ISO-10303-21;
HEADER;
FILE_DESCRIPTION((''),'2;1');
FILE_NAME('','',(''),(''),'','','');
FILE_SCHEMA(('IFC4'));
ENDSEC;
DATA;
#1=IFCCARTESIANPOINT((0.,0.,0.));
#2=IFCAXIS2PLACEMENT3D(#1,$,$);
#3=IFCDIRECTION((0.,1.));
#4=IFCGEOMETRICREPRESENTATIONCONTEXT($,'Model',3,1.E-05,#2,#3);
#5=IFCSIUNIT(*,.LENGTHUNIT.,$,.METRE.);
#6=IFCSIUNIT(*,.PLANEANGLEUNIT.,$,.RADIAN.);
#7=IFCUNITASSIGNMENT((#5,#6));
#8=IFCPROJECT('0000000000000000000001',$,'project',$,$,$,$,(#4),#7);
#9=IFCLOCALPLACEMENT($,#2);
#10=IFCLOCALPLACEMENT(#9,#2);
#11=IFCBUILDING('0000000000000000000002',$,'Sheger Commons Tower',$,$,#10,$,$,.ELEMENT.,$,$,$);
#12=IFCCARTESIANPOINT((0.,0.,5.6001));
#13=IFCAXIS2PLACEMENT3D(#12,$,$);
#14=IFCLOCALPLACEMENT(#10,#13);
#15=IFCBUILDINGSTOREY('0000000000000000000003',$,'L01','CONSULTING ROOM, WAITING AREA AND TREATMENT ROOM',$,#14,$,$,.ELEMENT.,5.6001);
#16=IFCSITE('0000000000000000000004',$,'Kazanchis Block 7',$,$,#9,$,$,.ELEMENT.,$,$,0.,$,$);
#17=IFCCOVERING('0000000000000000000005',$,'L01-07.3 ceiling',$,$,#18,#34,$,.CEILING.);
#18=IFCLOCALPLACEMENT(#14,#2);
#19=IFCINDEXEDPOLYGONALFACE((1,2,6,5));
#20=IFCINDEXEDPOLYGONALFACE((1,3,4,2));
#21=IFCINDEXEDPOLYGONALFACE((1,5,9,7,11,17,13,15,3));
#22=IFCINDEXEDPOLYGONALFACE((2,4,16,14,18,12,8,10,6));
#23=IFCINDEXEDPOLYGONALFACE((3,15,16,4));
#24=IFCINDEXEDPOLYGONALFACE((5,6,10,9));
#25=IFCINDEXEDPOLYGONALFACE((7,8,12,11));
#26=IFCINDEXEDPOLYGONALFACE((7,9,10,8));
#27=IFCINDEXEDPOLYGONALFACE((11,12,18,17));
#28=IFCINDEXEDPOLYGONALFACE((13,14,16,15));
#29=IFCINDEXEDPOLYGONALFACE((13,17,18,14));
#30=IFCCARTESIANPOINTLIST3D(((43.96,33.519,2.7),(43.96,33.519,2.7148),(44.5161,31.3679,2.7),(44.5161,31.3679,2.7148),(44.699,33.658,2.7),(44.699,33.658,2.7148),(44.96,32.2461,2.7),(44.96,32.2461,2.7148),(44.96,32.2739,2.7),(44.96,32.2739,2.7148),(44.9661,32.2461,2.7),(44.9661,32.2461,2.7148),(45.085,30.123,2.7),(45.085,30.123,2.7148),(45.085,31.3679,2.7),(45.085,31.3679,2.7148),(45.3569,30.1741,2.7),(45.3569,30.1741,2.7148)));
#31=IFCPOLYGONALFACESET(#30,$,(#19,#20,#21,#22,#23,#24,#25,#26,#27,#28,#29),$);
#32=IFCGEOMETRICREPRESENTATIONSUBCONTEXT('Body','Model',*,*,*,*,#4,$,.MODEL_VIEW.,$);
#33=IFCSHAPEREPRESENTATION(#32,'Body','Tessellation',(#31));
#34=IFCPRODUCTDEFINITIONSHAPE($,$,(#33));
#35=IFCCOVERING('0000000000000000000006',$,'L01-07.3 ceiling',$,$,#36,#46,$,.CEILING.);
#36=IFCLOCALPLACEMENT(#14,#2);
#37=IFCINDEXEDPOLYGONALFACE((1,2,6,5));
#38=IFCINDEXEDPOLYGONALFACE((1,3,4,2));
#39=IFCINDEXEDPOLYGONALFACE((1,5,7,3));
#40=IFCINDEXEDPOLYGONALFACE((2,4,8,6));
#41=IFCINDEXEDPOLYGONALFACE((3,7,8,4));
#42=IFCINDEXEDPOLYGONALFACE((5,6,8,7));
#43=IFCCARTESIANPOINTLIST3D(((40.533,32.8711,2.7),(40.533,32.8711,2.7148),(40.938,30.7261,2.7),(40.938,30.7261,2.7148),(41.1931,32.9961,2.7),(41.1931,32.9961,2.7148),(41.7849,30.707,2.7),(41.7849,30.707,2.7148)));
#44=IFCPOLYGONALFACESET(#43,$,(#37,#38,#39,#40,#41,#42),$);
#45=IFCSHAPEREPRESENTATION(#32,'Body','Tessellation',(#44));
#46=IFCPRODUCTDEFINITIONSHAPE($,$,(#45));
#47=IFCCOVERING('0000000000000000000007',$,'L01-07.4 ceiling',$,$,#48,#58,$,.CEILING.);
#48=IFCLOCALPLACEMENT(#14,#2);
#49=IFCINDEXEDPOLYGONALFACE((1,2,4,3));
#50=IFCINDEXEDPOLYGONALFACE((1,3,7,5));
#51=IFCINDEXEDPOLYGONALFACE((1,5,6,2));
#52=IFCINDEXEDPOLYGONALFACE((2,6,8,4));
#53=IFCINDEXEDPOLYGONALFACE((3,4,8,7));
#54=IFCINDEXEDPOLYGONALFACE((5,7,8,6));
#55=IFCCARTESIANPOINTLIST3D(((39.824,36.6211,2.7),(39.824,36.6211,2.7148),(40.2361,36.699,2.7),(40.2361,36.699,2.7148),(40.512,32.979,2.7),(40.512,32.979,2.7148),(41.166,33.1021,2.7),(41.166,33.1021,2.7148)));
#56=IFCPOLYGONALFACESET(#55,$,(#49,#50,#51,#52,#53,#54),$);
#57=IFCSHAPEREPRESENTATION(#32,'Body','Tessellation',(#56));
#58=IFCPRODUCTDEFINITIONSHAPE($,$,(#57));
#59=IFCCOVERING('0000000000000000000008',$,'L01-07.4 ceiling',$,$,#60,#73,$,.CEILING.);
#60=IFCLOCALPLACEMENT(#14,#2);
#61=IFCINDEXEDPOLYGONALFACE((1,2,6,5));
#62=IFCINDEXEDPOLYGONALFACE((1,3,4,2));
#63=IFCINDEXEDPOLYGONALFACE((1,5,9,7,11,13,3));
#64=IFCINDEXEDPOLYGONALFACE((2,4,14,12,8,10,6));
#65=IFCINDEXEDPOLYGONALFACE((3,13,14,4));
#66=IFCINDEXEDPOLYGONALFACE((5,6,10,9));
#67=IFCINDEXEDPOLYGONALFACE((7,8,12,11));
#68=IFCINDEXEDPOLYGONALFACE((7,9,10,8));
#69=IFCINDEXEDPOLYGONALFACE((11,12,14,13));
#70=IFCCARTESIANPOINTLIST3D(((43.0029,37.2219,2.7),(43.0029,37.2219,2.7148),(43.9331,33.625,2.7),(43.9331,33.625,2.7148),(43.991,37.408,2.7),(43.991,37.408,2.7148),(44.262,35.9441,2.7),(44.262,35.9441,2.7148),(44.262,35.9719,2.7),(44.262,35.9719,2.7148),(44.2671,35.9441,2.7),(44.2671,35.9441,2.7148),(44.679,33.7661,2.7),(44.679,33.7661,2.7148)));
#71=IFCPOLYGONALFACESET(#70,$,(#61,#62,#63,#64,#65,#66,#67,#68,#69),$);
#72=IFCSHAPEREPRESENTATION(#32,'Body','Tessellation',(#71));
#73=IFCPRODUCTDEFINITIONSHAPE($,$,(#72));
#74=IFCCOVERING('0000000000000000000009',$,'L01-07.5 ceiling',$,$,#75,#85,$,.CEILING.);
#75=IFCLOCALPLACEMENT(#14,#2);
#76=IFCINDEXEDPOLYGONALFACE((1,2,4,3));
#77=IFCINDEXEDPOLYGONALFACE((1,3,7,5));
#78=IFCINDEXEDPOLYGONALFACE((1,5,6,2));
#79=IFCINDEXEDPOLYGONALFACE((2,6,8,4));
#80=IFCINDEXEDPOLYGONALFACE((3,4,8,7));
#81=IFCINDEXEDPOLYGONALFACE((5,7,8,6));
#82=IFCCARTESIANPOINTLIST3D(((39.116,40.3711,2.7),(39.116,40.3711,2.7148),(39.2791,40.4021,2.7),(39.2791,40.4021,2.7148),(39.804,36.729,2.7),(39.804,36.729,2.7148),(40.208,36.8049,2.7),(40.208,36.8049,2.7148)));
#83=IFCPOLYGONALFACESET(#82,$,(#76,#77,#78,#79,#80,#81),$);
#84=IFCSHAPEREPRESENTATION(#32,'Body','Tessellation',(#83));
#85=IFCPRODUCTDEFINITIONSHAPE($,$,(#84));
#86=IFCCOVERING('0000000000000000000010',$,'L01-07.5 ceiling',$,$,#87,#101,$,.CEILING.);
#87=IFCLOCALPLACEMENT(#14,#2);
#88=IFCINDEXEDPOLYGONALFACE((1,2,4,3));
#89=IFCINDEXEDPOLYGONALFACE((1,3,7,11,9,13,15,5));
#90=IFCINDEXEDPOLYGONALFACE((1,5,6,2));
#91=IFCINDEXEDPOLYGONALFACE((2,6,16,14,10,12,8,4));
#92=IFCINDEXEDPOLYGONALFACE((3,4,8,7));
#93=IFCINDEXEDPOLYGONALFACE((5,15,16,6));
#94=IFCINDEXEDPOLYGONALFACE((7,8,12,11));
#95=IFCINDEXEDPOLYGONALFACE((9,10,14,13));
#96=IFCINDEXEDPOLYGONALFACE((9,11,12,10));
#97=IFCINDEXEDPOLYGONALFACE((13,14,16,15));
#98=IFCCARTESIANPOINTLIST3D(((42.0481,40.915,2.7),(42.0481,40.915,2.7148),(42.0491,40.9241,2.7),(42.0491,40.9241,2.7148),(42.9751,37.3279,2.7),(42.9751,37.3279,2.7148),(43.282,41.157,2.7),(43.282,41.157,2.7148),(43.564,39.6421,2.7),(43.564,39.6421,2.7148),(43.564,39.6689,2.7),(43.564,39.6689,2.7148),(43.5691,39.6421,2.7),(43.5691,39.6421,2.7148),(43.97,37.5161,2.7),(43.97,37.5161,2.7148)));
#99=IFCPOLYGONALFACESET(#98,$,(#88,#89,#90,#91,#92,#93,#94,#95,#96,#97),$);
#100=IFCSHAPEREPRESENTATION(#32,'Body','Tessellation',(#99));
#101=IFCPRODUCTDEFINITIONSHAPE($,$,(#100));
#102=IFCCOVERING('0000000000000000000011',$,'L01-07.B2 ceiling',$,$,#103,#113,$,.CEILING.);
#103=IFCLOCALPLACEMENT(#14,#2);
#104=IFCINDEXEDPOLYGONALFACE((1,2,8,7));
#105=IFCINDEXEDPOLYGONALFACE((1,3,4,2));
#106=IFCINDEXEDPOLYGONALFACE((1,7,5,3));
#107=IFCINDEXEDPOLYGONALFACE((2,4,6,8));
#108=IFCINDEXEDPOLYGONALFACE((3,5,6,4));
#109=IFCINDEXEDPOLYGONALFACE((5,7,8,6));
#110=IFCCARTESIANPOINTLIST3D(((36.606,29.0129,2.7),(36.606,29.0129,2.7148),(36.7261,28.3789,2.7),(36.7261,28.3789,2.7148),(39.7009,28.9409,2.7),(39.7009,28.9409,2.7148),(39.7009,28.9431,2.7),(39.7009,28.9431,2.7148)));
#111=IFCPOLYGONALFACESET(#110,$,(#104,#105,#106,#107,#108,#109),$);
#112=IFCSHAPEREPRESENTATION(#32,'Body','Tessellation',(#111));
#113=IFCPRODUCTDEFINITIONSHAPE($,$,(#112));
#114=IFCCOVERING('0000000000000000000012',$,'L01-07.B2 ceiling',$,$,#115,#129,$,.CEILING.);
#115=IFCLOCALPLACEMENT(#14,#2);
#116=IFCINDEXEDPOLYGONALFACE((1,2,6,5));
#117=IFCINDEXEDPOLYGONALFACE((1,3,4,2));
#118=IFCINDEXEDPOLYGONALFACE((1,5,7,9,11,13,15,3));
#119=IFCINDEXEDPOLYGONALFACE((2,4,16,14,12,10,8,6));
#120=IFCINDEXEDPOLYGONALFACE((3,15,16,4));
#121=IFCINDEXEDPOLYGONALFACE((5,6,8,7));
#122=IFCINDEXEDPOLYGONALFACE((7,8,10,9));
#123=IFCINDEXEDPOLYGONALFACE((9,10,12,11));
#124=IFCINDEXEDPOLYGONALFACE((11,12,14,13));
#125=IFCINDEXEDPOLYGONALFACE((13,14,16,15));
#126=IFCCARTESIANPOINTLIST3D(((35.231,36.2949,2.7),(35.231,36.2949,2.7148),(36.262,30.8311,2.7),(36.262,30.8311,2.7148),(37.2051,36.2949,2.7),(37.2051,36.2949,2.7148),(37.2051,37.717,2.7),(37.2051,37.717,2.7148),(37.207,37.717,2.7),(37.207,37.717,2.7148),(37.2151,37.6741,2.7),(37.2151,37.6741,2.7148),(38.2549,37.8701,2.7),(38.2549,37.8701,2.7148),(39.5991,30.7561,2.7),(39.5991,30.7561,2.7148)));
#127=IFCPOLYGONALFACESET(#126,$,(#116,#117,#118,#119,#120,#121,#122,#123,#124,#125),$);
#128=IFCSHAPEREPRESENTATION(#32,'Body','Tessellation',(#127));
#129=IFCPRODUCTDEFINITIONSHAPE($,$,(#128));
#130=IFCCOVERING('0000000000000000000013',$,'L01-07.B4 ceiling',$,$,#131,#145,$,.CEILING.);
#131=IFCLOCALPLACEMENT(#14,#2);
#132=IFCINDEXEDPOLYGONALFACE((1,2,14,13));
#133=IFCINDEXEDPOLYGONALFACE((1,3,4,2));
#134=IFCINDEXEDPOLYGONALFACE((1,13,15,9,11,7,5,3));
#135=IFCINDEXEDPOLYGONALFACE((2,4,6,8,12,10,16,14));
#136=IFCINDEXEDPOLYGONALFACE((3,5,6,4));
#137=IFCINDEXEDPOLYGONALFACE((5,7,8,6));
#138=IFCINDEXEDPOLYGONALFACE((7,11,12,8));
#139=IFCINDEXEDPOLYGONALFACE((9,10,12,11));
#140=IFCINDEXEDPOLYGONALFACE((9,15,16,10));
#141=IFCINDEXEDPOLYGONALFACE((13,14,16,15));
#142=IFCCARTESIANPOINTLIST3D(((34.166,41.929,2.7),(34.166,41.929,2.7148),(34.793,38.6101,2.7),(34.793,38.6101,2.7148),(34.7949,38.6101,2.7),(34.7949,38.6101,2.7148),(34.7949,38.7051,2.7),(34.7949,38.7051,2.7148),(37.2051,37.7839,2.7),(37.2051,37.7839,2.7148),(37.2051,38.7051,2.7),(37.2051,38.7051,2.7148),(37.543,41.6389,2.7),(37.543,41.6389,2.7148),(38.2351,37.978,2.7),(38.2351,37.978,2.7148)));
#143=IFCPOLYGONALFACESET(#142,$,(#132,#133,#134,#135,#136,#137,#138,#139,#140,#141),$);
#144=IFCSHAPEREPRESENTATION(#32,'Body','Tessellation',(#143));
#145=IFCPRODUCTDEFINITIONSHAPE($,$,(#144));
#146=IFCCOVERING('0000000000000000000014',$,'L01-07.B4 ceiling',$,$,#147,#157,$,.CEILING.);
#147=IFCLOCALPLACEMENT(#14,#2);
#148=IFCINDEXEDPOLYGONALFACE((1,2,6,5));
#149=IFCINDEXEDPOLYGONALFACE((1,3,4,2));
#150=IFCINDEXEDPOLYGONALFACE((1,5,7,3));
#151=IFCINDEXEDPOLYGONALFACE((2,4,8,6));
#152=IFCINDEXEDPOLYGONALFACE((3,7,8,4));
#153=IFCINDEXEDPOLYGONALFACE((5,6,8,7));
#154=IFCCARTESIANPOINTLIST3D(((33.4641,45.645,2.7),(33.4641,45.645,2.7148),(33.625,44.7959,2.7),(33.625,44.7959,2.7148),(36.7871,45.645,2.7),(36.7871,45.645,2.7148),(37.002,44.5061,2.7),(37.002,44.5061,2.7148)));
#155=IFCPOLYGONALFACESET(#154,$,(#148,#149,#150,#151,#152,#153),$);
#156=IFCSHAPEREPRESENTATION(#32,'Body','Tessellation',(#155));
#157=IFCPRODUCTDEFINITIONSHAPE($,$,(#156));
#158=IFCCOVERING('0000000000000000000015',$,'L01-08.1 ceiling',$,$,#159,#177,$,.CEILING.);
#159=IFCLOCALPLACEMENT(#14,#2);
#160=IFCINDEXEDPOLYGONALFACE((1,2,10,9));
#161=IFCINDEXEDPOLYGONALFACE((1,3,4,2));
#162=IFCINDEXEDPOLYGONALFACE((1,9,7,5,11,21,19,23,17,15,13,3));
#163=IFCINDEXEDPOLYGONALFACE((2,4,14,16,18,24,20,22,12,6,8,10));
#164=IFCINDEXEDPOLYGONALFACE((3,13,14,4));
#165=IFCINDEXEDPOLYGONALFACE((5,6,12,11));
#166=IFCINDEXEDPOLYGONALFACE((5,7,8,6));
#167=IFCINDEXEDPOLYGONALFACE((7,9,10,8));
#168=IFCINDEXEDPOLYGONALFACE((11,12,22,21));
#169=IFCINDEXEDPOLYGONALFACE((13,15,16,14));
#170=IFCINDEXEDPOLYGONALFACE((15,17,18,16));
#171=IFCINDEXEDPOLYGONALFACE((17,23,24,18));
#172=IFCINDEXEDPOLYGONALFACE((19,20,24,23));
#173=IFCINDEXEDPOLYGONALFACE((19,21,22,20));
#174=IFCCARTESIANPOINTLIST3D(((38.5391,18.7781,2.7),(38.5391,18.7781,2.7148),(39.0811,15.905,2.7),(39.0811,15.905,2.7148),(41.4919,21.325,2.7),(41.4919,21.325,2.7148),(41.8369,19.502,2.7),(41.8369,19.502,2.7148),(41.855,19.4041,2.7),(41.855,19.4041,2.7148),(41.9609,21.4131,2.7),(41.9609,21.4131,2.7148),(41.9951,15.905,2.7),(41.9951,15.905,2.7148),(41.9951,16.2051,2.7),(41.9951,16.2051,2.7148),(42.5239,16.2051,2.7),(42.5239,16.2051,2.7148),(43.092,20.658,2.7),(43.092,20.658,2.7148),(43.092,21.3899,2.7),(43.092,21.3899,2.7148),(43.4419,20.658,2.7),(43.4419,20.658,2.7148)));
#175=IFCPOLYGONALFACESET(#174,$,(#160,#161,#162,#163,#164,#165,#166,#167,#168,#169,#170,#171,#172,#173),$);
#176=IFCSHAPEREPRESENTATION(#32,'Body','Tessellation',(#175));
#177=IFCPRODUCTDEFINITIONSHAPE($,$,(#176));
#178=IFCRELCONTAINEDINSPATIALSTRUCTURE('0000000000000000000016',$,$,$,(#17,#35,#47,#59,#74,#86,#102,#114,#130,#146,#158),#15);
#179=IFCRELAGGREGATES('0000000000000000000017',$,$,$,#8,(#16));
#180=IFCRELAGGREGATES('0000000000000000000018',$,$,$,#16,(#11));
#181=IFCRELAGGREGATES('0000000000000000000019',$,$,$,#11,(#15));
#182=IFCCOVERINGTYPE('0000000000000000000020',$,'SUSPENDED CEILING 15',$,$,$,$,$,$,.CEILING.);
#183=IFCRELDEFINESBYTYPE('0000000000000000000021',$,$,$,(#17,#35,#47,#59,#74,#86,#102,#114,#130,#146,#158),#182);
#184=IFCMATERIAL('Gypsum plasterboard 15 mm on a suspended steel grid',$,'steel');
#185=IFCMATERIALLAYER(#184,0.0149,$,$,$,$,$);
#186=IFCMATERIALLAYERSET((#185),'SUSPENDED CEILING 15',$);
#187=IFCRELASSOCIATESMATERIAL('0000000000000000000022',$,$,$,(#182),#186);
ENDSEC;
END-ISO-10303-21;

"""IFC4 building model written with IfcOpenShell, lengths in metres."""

from ifc_helpers import new_model, si_unit, direction, frame, origin, place, context, subcontext, project, spatial, polyline, outline, extrude, material, layer, layer_set, type_object, element, save


model = new_model("IFC4")

# Units and contexts
model_context = context("Model", 3, precision=1e-05, world=origin(), true_north=direction((0.0, 1.0)))
body_context = subcontext(model_context, "Body", "Model", "MODEL_VIEW")
ifc_project = project(units=[si_unit("LENGTHUNIT", "METRE"), si_unit("PLANEANGLEUNIT", "RADIAN")], contexts=[model_context])

# Site, building, storey
site_placement = place(None, origin())
site = spatial("IfcSite", under=ifc_project, at=site_placement, Name="Kazanchis Block 7", CompositionType="ELEMENT", RefElevation=0.0)
building_placement = place(site_placement, origin())
building = spatial("IfcBuilding", under=site, at=building_placement, Name="Sheger Commons Tower", CompositionType="ELEMENT")
storey_placement = place(building_placement, frame((0.0, 0.0, 5.6001)))
storey = spatial("IfcBuildingStorey", under=building, at=storey_placement, Name="L01", Description="CONSULTING ROOM, WAITING AREA AND TREATMENT ROOM", CompositionType="ELEMENT", Elevation=5.6001)

# Coverings
ifc_material_1 = material(Name="Gypsum plasterboard 15 mm on a suspended steel grid", Category="steel")
ifc_layer_1 = layer(ifc_material_1, 0.0149)
ifc_layer_set_1 = layer_set([ifc_layer_1], Name="SUSPENDED CEILING 15")
covering_type_1 = type_object("IfcCoveringType", Name="SUSPENDED CEILING 15", PredefinedType="CEILING", material=ifc_layer_set_1)
covering_1_placement = place(storey_placement, frame((0.0, 0.0, 2.7)))
element("IfcCovering", 1, at=covering_1_placement, inside=storey, type_object=covering_type_1, Name="L01-07.3 ceiling", PredefinedType="CEILING", context=body_context, shape_type="SweptSolid", body=[
    extrude(outline(polyline([(45.085, 30.123), (45.3569, 30.1741), (44.9661, 32.2461), (44.96, 32.2461), (44.96, 32.2739), (44.699, 33.658), (43.96, 33.519), (44.5161, 31.3679), (45.085, 31.3679), (45.085, 30.123)])), origin(), (0.0, 0.0, 1.0), 0.0149),
])
covering_2_placement = place(storey_placement, frame((0.0, 0.0, 2.7)))
element("IfcCovering", 2, at=covering_2_placement, inside=storey, type_object=covering_type_1, Name="L01-07.3 ceiling", PredefinedType="CEILING", context=body_context, shape_type="SweptSolid", body=[
    extrude(outline(polyline([(41.7849, 30.707), (41.1931, 32.9961), (40.533, 32.8711), (40.938, 30.7261), (41.7849, 30.707)])), origin(), (0.0, 0.0, 1.0), 0.0149),
])
covering_3_placement = place(storey_placement, frame((0.0, 0.0, 2.7)))
element("IfcCovering", 3, at=covering_3_placement, inside=storey, type_object=covering_type_1, Name="L01-07.4 ceiling", PredefinedType="CEILING", context=body_context, shape_type="SweptSolid", body=[
    extrude(outline(polyline([(40.512, 32.979), (41.166, 33.1021), (40.2361, 36.699), (39.824, 36.6211), (40.512, 32.979)])), origin(), (0.0, 0.0, 1.0), 0.0149),
])
covering_4_placement = place(storey_placement, frame((0.0, 0.0, 2.7)))
element("IfcCovering", 4, at=covering_4_placement, inside=storey, type_object=covering_type_1, Name="L01-07.4 ceiling", PredefinedType="CEILING", context=body_context, shape_type="SweptSolid", body=[
    extrude(outline(polyline([(43.9331, 33.625), (44.679, 33.7661), (44.2671, 35.9441), (44.262, 35.9441), (44.262, 35.9719), (43.991, 37.408), (43.0029, 37.2219), (43.9331, 33.625)])), origin(), (0.0, 0.0, 1.0), 0.0149),
])
covering_5_placement = place(storey_placement, frame((0.0, 0.0, 2.7)))
element("IfcCovering", 5, at=covering_5_placement, inside=storey, type_object=covering_type_1, Name="L01-07.5 ceiling", PredefinedType="CEILING", context=body_context, shape_type="SweptSolid", body=[
    extrude(outline(polyline([(39.804, 36.729), (40.208, 36.8049), (39.2791, 40.4021), (39.116, 40.3711), (39.804, 36.729)])), origin(), (0.0, 0.0, 1.0), 0.0149),
])
covering_6_placement = place(storey_placement, frame((0.0, 0.0, 2.7)))
element("IfcCovering", 6, at=covering_6_placement, inside=storey, type_object=covering_type_1, Name="L01-07.5 ceiling", PredefinedType="CEILING", context=body_context, shape_type="SweptSolid", body=[
    extrude(outline(polyline([(42.9751, 37.3279), (43.97, 37.5161), (43.5691, 39.6421), (43.564, 39.6421), (43.564, 39.6689), (43.282, 41.157), (42.0491, 40.9241), (42.0481, 40.915), (42.9751, 37.3279)])), origin(), (0.0, 0.0, 1.0), 0.0149),
])
covering_7_placement = place(storey_placement, frame((0.0, 0.0, 2.7)))
element("IfcCovering", 7, at=covering_7_placement, inside=storey, type_object=covering_type_1, Name="L01-07.B2 ceiling", PredefinedType="CEILING", context=body_context, shape_type="SweptSolid", body=[
    extrude(outline(polyline([(36.7261, 28.3789), (39.7009, 28.9409), (39.7009, 28.9431), (36.606, 29.0129), (36.7261, 28.3789)])), origin(), (0.0, 0.0, 1.0), 0.0149),
])
covering_8_placement = place(storey_placement, frame((0.0, 0.0, 2.7)))
element("IfcCovering", 8, at=covering_8_placement, inside=storey, type_object=covering_type_1, Name="L01-07.B2 ceiling", PredefinedType="CEILING", context=body_context, shape_type="SweptSolid", body=[
    extrude(outline(polyline([(39.5991, 30.7561), (38.2549, 37.8701), (37.2151, 37.6741), (37.207, 37.717), (37.2051, 37.717), (37.2051, 36.2949), (35.231, 36.2949), (36.262, 30.8311), (39.5991, 30.7561)])), origin(), (0.0, 0.0, 1.0), 0.0149),
])
covering_9_placement = place(storey_placement, frame((0.0, 0.0, 2.7)))
element("IfcCovering", 9, at=covering_9_placement, inside=storey, type_object=covering_type_1, Name="L01-07.B4 ceiling", PredefinedType="CEILING", context=body_context, shape_type="SweptSolid", body=[
    extrude(outline(polyline([(37.2051, 37.7839), (38.2351, 37.978), (37.543, 41.6389), (34.166, 41.929), (34.793, 38.6101), (34.7949, 38.6101), (34.7949, 38.7051), (37.2051, 38.7051), (37.2051, 37.7839)])), origin(), (0.0, 0.0, 1.0), 0.0149),
])
covering_10_placement = place(storey_placement, frame((0.0, 0.0, 2.7)))
element("IfcCovering", 10, at=covering_10_placement, inside=storey, type_object=covering_type_1, Name="L01-07.B4 ceiling", PredefinedType="CEILING", context=body_context, shape_type="SweptSolid", body=[
    extrude(outline(polyline([(37.002, 44.5061), (36.7871, 45.645), (33.4641, 45.645), (33.625, 44.7959), (37.002, 44.5061)])), origin(), (0.0, 0.0, 1.0), 0.0149),
])
covering_11_placement = place(storey_placement, frame((0.0, 0.0, 2.7)))
element("IfcCovering", 11, at=covering_11_placement, inside=storey, type_object=covering_type_1, Name="L01-08.1 ceiling", PredefinedType="CEILING", context=body_context, shape_type="SweptSolid", body=[
    extrude(outline(polyline([(39.0811, 15.905), (41.9951, 15.905), (41.9951, 16.2051), (42.5239, 16.2051), (43.4419, 20.658), (43.092, 20.658), (43.092, 21.3899), (41.9609, 21.4131), (41.4919, 21.325), (41.8369, 19.502), (41.855, 19.4041), (38.5391, 18.7781), (39.0811, 15.905)])), origin(), (0.0, 0.0, 1.0), 0.0149),
])

save(model, "model.ifc")
